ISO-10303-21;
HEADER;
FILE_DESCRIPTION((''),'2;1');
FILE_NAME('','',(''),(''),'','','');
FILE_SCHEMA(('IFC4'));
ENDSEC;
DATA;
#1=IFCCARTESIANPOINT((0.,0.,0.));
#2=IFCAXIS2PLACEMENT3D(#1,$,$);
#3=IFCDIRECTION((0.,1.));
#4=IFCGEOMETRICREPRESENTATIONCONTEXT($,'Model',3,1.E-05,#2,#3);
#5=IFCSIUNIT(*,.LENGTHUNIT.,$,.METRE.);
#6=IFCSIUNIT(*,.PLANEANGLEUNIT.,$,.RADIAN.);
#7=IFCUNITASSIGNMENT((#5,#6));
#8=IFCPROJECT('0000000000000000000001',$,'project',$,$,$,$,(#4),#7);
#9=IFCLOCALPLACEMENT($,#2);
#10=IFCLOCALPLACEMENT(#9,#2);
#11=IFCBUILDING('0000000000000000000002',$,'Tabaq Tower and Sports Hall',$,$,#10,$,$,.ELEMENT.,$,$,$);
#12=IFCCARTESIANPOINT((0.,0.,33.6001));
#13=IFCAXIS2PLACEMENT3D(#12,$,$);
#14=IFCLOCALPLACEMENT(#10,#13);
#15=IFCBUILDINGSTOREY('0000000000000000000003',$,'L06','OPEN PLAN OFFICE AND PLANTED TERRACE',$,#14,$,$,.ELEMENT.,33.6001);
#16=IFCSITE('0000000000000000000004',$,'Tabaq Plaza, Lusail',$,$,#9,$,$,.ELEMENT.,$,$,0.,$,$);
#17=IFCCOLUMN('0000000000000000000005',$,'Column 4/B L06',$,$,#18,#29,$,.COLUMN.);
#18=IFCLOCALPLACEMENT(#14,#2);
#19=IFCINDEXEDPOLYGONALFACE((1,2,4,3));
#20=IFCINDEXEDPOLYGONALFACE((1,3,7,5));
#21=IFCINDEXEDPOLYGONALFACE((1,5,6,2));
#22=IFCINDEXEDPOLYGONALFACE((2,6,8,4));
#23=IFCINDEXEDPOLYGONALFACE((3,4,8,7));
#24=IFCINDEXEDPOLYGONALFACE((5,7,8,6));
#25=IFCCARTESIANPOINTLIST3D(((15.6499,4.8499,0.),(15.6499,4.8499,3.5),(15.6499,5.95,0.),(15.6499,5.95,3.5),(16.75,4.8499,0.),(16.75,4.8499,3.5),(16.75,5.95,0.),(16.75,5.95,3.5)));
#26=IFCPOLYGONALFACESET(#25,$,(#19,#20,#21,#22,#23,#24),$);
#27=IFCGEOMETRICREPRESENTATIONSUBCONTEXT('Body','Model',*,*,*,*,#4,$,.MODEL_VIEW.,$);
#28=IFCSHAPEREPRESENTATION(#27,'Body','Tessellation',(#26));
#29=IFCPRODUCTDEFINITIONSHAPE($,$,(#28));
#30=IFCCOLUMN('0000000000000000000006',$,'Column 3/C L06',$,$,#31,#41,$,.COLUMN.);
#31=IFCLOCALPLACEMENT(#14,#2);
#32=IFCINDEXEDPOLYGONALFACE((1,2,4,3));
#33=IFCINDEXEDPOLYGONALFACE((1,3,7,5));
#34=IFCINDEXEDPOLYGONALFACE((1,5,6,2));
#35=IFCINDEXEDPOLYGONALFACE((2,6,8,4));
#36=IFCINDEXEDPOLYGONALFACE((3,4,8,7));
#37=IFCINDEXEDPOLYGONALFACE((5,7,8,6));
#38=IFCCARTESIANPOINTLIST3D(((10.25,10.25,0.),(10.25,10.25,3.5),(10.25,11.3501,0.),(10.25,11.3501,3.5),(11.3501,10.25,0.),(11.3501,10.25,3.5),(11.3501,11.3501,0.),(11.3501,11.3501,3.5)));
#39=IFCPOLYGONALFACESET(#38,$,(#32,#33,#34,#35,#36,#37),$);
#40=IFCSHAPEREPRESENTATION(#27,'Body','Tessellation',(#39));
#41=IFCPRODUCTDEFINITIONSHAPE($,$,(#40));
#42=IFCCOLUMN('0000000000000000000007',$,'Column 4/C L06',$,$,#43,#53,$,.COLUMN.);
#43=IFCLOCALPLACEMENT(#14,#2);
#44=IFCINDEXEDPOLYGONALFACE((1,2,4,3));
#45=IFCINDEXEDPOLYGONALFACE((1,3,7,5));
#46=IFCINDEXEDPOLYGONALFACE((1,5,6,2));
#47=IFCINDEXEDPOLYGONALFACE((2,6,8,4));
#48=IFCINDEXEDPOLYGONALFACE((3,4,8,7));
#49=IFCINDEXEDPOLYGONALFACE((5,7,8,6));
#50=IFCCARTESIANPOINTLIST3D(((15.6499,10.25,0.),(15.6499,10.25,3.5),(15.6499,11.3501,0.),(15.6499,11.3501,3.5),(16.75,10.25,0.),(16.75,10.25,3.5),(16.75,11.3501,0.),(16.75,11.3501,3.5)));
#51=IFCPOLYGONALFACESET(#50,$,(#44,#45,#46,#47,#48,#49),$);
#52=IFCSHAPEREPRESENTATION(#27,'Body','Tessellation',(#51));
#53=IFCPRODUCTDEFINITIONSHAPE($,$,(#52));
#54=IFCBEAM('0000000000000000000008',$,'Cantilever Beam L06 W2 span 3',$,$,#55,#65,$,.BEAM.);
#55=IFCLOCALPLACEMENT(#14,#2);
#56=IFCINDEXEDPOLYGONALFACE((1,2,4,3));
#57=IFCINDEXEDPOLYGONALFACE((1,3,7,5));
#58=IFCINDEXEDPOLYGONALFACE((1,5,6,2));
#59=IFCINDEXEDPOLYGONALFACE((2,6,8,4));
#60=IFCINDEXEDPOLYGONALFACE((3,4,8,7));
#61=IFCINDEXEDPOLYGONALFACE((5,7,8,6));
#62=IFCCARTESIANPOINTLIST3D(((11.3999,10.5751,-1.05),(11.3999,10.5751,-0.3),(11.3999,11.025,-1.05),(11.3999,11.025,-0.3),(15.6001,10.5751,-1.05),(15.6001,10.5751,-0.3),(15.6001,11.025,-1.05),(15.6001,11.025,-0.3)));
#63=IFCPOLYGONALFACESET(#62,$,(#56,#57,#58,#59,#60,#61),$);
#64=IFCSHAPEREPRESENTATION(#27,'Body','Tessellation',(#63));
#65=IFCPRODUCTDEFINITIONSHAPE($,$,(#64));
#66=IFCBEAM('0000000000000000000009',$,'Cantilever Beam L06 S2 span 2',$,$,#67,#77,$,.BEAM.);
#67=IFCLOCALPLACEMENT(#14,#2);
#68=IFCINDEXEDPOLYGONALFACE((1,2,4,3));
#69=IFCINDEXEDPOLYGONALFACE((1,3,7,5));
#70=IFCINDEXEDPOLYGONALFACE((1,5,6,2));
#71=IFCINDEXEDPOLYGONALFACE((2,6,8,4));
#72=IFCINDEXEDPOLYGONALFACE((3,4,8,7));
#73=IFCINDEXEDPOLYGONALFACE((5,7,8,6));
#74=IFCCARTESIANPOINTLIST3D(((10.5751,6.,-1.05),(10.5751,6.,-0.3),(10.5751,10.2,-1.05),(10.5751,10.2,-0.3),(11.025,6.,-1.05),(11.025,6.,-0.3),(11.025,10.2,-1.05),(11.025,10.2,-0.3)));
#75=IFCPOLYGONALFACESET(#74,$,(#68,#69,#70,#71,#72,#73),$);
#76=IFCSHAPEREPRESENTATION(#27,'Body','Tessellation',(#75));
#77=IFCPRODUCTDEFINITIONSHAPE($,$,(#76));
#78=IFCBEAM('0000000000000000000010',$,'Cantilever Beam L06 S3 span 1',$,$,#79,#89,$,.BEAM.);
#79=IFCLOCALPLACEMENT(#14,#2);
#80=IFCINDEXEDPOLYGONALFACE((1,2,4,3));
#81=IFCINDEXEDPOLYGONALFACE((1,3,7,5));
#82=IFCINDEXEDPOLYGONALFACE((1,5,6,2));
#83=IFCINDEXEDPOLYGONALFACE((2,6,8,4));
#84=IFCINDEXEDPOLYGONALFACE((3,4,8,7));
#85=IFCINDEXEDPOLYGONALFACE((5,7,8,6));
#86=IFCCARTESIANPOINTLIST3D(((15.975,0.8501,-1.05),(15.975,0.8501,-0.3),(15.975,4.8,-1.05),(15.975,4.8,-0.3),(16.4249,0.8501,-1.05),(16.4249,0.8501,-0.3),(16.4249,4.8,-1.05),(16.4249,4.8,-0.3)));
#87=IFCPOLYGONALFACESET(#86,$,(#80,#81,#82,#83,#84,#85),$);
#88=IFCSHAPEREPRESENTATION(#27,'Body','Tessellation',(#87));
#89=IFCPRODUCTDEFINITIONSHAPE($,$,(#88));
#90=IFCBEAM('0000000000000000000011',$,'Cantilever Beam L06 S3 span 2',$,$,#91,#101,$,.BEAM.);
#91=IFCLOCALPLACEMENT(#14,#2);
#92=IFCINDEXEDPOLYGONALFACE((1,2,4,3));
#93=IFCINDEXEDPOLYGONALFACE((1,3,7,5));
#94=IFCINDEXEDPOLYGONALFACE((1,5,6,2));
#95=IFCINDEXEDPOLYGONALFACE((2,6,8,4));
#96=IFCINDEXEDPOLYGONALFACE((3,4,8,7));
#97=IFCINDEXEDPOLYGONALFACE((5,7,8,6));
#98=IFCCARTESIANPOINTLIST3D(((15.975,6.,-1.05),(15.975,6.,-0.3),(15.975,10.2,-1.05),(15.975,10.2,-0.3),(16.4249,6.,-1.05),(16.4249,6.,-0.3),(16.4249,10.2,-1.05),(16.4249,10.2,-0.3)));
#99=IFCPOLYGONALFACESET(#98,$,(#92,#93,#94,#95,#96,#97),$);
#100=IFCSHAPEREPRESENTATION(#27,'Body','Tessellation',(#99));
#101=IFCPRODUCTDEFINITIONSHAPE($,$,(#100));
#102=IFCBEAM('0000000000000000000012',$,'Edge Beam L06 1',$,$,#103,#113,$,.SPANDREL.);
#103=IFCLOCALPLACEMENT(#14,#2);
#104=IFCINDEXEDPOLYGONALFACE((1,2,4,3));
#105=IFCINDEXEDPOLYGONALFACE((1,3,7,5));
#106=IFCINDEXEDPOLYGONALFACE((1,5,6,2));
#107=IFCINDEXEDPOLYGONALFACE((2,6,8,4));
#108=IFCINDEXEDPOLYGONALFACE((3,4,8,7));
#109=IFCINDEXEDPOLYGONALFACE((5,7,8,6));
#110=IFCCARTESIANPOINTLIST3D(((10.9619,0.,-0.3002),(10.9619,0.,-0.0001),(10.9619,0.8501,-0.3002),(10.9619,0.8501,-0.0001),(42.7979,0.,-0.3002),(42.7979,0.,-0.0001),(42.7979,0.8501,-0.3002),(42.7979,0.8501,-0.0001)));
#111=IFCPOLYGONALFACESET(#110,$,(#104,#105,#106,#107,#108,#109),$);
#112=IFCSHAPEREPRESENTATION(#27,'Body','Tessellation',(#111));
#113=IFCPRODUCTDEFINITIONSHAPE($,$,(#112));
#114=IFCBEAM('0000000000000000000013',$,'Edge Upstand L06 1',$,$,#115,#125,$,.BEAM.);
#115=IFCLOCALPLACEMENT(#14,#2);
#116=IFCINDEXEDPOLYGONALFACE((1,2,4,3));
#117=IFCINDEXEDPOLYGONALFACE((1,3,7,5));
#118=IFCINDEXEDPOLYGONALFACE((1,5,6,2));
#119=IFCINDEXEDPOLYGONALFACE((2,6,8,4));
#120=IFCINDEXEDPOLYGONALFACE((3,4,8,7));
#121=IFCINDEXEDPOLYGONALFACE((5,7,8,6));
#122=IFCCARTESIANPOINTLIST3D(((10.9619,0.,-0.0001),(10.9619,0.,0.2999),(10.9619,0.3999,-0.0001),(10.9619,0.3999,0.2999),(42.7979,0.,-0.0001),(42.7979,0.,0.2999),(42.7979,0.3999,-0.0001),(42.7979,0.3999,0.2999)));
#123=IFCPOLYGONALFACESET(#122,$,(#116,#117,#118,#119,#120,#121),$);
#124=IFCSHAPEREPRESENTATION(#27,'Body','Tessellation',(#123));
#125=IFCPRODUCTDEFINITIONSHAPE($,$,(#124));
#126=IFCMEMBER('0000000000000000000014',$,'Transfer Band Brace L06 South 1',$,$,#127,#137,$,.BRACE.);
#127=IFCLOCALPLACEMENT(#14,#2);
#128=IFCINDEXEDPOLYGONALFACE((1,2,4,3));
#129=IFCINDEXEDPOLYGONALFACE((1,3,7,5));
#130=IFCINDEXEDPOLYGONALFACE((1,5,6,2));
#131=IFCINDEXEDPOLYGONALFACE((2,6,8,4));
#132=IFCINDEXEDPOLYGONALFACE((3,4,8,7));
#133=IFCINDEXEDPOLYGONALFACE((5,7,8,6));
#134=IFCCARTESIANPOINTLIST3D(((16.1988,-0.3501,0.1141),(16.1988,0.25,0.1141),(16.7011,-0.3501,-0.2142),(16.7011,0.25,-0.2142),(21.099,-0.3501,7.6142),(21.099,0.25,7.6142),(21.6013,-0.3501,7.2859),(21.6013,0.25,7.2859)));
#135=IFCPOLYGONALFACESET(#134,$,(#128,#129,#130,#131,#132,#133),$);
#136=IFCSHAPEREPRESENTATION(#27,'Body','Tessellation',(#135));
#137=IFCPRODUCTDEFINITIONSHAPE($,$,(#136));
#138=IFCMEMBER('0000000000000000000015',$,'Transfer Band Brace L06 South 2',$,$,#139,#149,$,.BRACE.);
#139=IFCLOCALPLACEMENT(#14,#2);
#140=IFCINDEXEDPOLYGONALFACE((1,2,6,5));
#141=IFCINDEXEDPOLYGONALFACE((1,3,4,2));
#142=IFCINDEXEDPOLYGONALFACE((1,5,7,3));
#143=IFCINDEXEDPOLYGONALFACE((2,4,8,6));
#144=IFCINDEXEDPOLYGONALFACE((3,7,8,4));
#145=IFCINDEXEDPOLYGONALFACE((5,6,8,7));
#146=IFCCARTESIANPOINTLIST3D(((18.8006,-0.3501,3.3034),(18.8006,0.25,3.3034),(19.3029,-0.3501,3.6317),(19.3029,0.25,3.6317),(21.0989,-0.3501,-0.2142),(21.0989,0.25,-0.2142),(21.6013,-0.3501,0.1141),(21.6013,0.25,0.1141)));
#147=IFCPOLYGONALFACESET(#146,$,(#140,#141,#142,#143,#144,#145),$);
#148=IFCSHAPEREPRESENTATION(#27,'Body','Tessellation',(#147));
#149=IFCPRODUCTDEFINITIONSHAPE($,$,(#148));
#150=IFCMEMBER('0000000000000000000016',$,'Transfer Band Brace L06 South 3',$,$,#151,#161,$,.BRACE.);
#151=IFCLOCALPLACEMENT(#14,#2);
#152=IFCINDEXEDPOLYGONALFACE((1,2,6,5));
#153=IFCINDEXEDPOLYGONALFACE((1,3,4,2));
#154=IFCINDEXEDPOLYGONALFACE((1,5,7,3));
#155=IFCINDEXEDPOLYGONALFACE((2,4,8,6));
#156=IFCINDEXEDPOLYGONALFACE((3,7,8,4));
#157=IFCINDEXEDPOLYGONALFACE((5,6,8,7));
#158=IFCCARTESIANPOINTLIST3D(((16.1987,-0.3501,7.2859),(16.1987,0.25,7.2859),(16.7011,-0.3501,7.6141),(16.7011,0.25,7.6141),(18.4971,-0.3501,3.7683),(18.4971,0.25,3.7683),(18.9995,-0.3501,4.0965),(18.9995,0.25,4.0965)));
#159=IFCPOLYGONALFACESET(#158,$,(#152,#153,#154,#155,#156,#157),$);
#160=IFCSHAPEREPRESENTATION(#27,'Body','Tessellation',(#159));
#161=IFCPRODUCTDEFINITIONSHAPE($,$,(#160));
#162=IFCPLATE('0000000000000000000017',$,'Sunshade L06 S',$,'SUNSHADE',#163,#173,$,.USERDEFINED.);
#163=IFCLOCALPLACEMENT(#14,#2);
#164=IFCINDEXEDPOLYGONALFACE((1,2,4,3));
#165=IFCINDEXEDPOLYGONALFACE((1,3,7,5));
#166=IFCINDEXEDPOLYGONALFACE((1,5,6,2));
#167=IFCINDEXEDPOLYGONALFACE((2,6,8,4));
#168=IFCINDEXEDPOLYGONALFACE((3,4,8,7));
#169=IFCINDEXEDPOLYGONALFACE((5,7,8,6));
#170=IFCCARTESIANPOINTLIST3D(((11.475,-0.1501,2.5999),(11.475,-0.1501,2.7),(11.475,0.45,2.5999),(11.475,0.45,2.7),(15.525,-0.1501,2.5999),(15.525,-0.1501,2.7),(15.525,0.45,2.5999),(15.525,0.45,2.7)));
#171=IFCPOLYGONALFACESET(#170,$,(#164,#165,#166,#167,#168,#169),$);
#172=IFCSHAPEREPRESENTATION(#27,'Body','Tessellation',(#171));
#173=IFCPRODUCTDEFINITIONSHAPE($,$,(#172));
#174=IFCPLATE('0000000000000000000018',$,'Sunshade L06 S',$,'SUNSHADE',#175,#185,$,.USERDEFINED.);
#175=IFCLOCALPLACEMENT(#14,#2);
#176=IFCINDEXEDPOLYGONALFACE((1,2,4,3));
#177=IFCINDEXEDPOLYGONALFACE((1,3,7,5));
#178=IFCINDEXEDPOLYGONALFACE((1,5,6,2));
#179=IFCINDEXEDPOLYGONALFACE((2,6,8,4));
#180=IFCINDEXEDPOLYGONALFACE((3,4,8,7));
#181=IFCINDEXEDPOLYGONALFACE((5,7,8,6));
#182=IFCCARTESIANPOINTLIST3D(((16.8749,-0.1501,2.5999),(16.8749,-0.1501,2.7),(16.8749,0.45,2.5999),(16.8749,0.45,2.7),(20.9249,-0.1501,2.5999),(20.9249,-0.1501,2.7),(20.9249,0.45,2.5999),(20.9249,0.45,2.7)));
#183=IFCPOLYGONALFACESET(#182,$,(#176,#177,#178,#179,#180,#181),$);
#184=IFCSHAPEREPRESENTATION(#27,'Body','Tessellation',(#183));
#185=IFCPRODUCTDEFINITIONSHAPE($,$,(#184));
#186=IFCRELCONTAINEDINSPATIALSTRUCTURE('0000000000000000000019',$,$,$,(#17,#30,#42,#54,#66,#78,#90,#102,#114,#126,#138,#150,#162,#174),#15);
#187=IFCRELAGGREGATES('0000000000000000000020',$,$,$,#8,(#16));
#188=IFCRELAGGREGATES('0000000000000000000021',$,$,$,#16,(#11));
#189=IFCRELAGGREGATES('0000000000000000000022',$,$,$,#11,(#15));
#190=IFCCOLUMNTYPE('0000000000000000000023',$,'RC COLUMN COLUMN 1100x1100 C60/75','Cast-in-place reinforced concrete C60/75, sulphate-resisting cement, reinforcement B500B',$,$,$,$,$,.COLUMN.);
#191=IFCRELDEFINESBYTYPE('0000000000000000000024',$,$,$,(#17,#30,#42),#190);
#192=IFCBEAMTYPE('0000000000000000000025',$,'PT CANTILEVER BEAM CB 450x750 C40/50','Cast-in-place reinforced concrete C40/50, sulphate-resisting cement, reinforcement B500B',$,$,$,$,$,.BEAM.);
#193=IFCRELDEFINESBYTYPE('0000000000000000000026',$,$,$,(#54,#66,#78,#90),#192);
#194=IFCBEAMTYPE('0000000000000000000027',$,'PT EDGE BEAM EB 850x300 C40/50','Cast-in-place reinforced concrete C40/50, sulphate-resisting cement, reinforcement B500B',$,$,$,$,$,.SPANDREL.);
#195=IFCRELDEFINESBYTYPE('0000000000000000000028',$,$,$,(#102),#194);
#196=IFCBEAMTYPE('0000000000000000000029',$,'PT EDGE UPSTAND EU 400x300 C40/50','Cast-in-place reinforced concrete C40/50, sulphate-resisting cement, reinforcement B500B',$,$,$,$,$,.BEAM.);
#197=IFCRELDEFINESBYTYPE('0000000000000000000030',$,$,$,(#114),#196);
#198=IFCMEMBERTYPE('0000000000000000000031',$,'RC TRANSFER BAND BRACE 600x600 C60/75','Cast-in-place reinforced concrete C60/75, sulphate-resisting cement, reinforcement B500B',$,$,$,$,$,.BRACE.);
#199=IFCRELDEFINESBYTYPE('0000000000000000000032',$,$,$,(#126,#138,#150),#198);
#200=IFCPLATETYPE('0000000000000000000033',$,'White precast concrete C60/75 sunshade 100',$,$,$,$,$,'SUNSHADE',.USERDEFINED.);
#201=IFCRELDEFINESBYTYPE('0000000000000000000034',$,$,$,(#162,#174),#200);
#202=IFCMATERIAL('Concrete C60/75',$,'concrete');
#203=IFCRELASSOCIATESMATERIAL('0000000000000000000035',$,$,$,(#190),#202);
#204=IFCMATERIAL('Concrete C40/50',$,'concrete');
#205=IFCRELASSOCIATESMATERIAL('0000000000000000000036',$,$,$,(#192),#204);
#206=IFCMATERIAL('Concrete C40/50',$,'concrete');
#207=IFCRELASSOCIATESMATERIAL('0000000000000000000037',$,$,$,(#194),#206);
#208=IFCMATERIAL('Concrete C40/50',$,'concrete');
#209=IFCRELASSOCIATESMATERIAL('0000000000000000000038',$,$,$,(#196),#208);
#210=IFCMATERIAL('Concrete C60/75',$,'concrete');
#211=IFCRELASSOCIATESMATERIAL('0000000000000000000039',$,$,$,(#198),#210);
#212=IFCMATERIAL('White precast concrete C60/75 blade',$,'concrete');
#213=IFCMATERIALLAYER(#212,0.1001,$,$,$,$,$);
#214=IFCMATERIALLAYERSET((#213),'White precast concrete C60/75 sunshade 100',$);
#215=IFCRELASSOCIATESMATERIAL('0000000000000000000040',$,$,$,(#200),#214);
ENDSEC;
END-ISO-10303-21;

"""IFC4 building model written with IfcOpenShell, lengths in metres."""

from ifc_helpers import new_model, si_unit, direction, frame, origin, origin_2d, place, context, subcontext, project, spatial, rectangle, extrude, material, layer, layer_set, material_profile, profile_set, type_object, element, save


model = new_model("IFC4")

# Units and contexts
model_context = context("Model", 3, precision=1e-05, world=origin(), true_north=direction((0.0, 1.0)))
body_context = subcontext(model_context, "Body", "Model", "MODEL_VIEW")
ifc_project = project(units=[si_unit("LENGTHUNIT", "METRE"), si_unit("PLANEANGLEUNIT", "RADIAN")], contexts=[model_context])

# Site, building, storey
site_placement = place(None, origin())
site = spatial("IfcSite", under=ifc_project, at=site_placement, Name="Tabaq Plaza, Lusail", CompositionType="ELEMENT", RefElevation=0.0)
building_placement = place(site_placement, origin())
building = spatial("IfcBuilding", under=site, at=building_placement, Name="Tabaq Tower and Sports Hall", CompositionType="ELEMENT")
storey_placement = place(building_placement, frame((0.0, 0.0, 33.6001)))
storey = spatial("IfcBuildingStorey", under=building, at=storey_placement, Name="L06", Description="OPEN PLAN OFFICE AND PLANTED TERRACE", CompositionType="ELEMENT", Elevation=33.6001)

# Columns
ifc_material_1 = material(Name="Concrete C60/75", Category="concrete")
ifc_material_profile_1 = material_profile(ifc_material_1, rectangle(XDim=1.1001, YDim=1.1001, at=origin_2d()), Name="COLUMN 1100x1100")
ifc_profile_set_1 = profile_set([ifc_material_profile_1], Name="Concrete C60/75")
column_type = type_object("IfcColumnType", Name="RC COLUMN COLUMN 1100x1100 C60/75", Description="Cast-in-place reinforced concrete C60/75, sulphate-resisting cement, reinforcement B500B", PredefinedType="COLUMN", material=ifc_profile_set_1)
for number, where, z_axis, x_axis, name in (
    (1, (16.2, 5.3999, 0.0), (0.0, 0.0, 1.0), (1.0, 0.0, 0.0), "Column 4/B L06"),
    (2, (10.8, 10.8, 0.0), (0.0, 0.0, 1.0), (1.0, 0.0, 0.0), "Column 3/C L06"),
    (3, (16.2, 10.8, 0.0), (0.0, 0.0, 1.0), (1.0, 0.0, 0.0), "Column 4/C L06"),
):
    element("IfcColumn", number, at=place(storey_placement, frame(where, z_axis=z_axis, x_axis=x_axis)), inside=storey, type_object=column_type, Name=name, PredefinedType="COLUMN", context=body_context, shape_type="SweptSolid", body=[
        extrude(rectangle(XDim=1.1001, YDim=1.1001, at=origin_2d()), origin(), (0.0, 0.0, 1.0), 3.5),
    ])

# Beams
ifc_material_2 = material(Name="Concrete C40/50", Category="concrete")
ifc_material_profile_2 = material_profile(ifc_material_2, rectangle(XDim=0.45, YDim=0.75, at=origin_2d()), Name="CB 450x750")
ifc_profile_set_2 = profile_set([ifc_material_profile_2], Name="Concrete C40/50")
beam_type_1 = type_object("IfcBeamType", Name="PT CANTILEVER BEAM CB 450x750 C40/50", Description="Cast-in-place reinforced concrete C40/50, sulphate-resisting cement, reinforcement B500B", PredefinedType="BEAM", material=ifc_profile_set_2)
beam_1_placement = place(storey_placement, frame((11.3999, 10.8, -0.675), z_axis=(1.0, 0.0, 0.0), x_axis=(0.0, 1.0, 0.0)))
element("IfcBeam", 4, at=beam_1_placement, inside=storey, type_object=beam_type_1, Name="Cantilever Beam L06 W2 span 3", PredefinedType="BEAM", context=body_context, shape_type="SweptSolid", body=[
    extrude(rectangle(XDim=0.45, YDim=0.75, at=origin_2d()), origin(), (0.0, 0.0, 1.0), 4.2002),
])
beam_2_placement = place(storey_placement, frame((10.8, 6.0, -0.675), z_axis=(0.0, 1.0, 0.0), x_axis=(-1.0, 0.0, 0.0)))
element("IfcBeam", 5, at=beam_2_placement, inside=storey, type_object=beam_type_1, Name="Cantilever Beam L06 S2 span 2", PredefinedType="BEAM", context=body_context, shape_type="SweptSolid", body=[
    extrude(rectangle(XDim=0.45, YDim=0.75, at=origin_2d()), origin(), (0.0, 0.0, 1.0), 4.2),
])
beam_3_placement = place(storey_placement, frame((16.2, 0.8501, -0.675), z_axis=(0.0, 1.0, 0.0), x_axis=(-1.0, 0.0, 0.0)))
element("IfcBeam", 6, at=beam_3_placement, inside=storey, type_object=beam_type_1, Name="Cantilever Beam L06 S3 span 1", PredefinedType="BEAM", context=body_context, shape_type="SweptSolid", body=[
    extrude(rectangle(XDim=0.45, YDim=0.75, at=origin_2d()), origin(), (0.0, 0.0, 1.0), 3.95),
])
beam_4_placement = place(storey_placement, frame((16.2, 6.0, -0.675), z_axis=(0.0, 1.0, 0.0), x_axis=(-1.0, 0.0, 0.0)))
element("IfcBeam", 7, at=beam_4_placement, inside=storey, type_object=beam_type_1, Name="Cantilever Beam L06 S3 span 2", PredefinedType="BEAM", context=body_context, shape_type="SweptSolid", body=[
    extrude(rectangle(XDim=0.45, YDim=0.75, at=origin_2d()), origin(), (0.0, 0.0, 1.0), 4.2),
])
ifc_material_3 = material(Name="Concrete C40/50", Category="concrete")
ifc_material_profile_3 = material_profile(ifc_material_3, rectangle(XDim=0.8501, YDim=0.3, at=origin_2d()), Name="EB 850x300")
ifc_profile_set_3 = profile_set([ifc_material_profile_3], Name="Concrete C40/50")
beam_type_2 = type_object("IfcBeamType", Name="PT EDGE BEAM EB 850x300 C40/50", Description="Cast-in-place reinforced concrete C40/50, sulphate-resisting cement, reinforcement B500B", PredefinedType="SPANDREL", material=ifc_profile_set_3)
beam_5_placement = place(storey_placement, frame((10.9619, 0.425, -0.1501), z_axis=(1.0, 0.0, 0.0), x_axis=(0.0, 1.0, 0.0)))
element("IfcBeam", 8, at=beam_5_placement, inside=storey, type_object=beam_type_2, Name="Edge Beam L06 1", PredefinedType="SPANDREL", context=body_context, shape_type="SweptSolid", body=[
    extrude(rectangle(XDim=0.8501, YDim=0.3, at=origin_2d()), origin(), (0.0, 0.0, 1.0), 31.8359),
])
ifc_material_4 = material(Name="Concrete C40/50", Category="concrete")
ifc_material_profile_4 = material_profile(ifc_material_4, rectangle(XDim=0.3999, YDim=0.3, at=origin_2d()), Name="EU 400x300")
ifc_profile_set_4 = profile_set([ifc_material_profile_4], Name="Concrete C40/50")
beam_type_3 = type_object("IfcBeamType", Name="PT EDGE UPSTAND EU 400x300 C40/50", Description="Cast-in-place reinforced concrete C40/50, sulphate-resisting cement, reinforcement B500B", PredefinedType="BEAM", material=ifc_profile_set_4)
beam_6_placement = place(storey_placement, frame((10.9619, 0.2, 0.1499), z_axis=(1.0, 0.0, 0.0), x_axis=(0.0, 1.0, 0.0)))
element("IfcBeam", 9, at=beam_6_placement, inside=storey, type_object=beam_type_3, Name="Edge Upstand L06 1", PredefinedType="BEAM", context=body_context, shape_type="SweptSolid", body=[
    extrude(rectangle(XDim=0.3999, YDim=0.3, at=origin_2d()), origin(), (0.0, 0.0, 1.0), 31.8359),
])

# Members
ifc_material_5 = material(Name="Concrete C60/75", Category="concrete")
ifc_material_profile_5 = material_profile(ifc_material_5, rectangle(XDim=0.6001, YDim=0.6001, at=origin_2d()), Name="TRANSFER BAND BRACE 600x600")
ifc_profile_set_5 = profile_set([ifc_material_profile_5], Name="Concrete C60/75")
member_type = type_object("IfcMemberType", Name="RC TRANSFER BAND BRACE 600x600 C60/75", Description="Cast-in-place reinforced concrete C60/75, sulphate-resisting cement, reinforcement B500B", PredefinedType="BRACE", material=ifc_profile_set_5)
member_placement = place(storey_placement, frame((16.45, -0.05, -0.05), z_axis=(0.54696, 0.0, 0.837159), x_axis=(0.0, 1.0, 0.0)))
element("IfcMember", 10, at=member_placement, inside=storey, type_object=member_type, Name="Transfer Band Brace L06 South 1", PredefinedType="BRACE", context=body_context, shape_type="SweptSolid", body=[
    extrude(rectangle(XDim=0.6001, YDim=0.6001, at=origin_2d()), origin(), (0.0, 0.0, 1.0), 8.959),
])
for number, where, z_axis, x_axis, name in (
    (11, (21.3501, -0.05, -0.05), (-0.54698, 0.0, 0.837146), (0.0, -1.0, 0.0), "Transfer Band Brace L06 South 2"),
    (12, (18.7483, -0.05, 3.9324), (-0.54698, 0.0, 0.837146), (0.0, -1.0, 0.0), "Transfer Band Brace L06 South 3"),
):
    element("IfcMember", number, at=place(storey_placement, frame(where, z_axis=z_axis, x_axis=x_axis)), inside=storey, type_object=member_type, Name=name, PredefinedType="BRACE", context=body_context, shape_type="SweptSolid", body=[
        extrude(rectangle(XDim=0.6001, YDim=0.6001, at=origin_2d()), origin(), (0.0, 0.0, 1.0), 4.2019),
    ])

# Plates
ifc_material_6 = material(Name="White precast concrete C60/75 blade", Category="concrete")
ifc_layer_1 = layer(ifc_material_6, 0.1001)
ifc_layer_set_1 = layer_set([ifc_layer_1], Name="White precast concrete C60/75 sunshade 100")
plate_type = type_object("IfcPlateType", Name="White precast concrete C60/75 sunshade 100", ElementType="SUNSHADE", PredefinedType="USERDEFINED", material=ifc_layer_set_1)
for number, where, z_axis, x_axis, name in (
    (13, (13.5, 0.1499, 2.5999), (0.0, 0.0, 1.0), (1.0, 0.0, 0.0), "Sunshade L06 S"),
    (14, (18.8999, 0.1499, 2.5999), (0.0, 0.0, 1.0), (1.0, 0.0, 0.0), "Sunshade L06 S"),
):
    element("IfcPlate", number, at=place(storey_placement, frame(where, z_axis=z_axis, x_axis=x_axis)), inside=storey, type_object=plate_type, Name=name, ObjectType="SUNSHADE", PredefinedType="USERDEFINED", context=body_context, shape_type="SweptSolid", body=[
        extrude(rectangle(XDim=4.05, YDim=0.6001, at=origin_2d()), origin(), (0.0, 0.0, 1.0), 0.1001),
    ])

save(model, "model.ifc")
